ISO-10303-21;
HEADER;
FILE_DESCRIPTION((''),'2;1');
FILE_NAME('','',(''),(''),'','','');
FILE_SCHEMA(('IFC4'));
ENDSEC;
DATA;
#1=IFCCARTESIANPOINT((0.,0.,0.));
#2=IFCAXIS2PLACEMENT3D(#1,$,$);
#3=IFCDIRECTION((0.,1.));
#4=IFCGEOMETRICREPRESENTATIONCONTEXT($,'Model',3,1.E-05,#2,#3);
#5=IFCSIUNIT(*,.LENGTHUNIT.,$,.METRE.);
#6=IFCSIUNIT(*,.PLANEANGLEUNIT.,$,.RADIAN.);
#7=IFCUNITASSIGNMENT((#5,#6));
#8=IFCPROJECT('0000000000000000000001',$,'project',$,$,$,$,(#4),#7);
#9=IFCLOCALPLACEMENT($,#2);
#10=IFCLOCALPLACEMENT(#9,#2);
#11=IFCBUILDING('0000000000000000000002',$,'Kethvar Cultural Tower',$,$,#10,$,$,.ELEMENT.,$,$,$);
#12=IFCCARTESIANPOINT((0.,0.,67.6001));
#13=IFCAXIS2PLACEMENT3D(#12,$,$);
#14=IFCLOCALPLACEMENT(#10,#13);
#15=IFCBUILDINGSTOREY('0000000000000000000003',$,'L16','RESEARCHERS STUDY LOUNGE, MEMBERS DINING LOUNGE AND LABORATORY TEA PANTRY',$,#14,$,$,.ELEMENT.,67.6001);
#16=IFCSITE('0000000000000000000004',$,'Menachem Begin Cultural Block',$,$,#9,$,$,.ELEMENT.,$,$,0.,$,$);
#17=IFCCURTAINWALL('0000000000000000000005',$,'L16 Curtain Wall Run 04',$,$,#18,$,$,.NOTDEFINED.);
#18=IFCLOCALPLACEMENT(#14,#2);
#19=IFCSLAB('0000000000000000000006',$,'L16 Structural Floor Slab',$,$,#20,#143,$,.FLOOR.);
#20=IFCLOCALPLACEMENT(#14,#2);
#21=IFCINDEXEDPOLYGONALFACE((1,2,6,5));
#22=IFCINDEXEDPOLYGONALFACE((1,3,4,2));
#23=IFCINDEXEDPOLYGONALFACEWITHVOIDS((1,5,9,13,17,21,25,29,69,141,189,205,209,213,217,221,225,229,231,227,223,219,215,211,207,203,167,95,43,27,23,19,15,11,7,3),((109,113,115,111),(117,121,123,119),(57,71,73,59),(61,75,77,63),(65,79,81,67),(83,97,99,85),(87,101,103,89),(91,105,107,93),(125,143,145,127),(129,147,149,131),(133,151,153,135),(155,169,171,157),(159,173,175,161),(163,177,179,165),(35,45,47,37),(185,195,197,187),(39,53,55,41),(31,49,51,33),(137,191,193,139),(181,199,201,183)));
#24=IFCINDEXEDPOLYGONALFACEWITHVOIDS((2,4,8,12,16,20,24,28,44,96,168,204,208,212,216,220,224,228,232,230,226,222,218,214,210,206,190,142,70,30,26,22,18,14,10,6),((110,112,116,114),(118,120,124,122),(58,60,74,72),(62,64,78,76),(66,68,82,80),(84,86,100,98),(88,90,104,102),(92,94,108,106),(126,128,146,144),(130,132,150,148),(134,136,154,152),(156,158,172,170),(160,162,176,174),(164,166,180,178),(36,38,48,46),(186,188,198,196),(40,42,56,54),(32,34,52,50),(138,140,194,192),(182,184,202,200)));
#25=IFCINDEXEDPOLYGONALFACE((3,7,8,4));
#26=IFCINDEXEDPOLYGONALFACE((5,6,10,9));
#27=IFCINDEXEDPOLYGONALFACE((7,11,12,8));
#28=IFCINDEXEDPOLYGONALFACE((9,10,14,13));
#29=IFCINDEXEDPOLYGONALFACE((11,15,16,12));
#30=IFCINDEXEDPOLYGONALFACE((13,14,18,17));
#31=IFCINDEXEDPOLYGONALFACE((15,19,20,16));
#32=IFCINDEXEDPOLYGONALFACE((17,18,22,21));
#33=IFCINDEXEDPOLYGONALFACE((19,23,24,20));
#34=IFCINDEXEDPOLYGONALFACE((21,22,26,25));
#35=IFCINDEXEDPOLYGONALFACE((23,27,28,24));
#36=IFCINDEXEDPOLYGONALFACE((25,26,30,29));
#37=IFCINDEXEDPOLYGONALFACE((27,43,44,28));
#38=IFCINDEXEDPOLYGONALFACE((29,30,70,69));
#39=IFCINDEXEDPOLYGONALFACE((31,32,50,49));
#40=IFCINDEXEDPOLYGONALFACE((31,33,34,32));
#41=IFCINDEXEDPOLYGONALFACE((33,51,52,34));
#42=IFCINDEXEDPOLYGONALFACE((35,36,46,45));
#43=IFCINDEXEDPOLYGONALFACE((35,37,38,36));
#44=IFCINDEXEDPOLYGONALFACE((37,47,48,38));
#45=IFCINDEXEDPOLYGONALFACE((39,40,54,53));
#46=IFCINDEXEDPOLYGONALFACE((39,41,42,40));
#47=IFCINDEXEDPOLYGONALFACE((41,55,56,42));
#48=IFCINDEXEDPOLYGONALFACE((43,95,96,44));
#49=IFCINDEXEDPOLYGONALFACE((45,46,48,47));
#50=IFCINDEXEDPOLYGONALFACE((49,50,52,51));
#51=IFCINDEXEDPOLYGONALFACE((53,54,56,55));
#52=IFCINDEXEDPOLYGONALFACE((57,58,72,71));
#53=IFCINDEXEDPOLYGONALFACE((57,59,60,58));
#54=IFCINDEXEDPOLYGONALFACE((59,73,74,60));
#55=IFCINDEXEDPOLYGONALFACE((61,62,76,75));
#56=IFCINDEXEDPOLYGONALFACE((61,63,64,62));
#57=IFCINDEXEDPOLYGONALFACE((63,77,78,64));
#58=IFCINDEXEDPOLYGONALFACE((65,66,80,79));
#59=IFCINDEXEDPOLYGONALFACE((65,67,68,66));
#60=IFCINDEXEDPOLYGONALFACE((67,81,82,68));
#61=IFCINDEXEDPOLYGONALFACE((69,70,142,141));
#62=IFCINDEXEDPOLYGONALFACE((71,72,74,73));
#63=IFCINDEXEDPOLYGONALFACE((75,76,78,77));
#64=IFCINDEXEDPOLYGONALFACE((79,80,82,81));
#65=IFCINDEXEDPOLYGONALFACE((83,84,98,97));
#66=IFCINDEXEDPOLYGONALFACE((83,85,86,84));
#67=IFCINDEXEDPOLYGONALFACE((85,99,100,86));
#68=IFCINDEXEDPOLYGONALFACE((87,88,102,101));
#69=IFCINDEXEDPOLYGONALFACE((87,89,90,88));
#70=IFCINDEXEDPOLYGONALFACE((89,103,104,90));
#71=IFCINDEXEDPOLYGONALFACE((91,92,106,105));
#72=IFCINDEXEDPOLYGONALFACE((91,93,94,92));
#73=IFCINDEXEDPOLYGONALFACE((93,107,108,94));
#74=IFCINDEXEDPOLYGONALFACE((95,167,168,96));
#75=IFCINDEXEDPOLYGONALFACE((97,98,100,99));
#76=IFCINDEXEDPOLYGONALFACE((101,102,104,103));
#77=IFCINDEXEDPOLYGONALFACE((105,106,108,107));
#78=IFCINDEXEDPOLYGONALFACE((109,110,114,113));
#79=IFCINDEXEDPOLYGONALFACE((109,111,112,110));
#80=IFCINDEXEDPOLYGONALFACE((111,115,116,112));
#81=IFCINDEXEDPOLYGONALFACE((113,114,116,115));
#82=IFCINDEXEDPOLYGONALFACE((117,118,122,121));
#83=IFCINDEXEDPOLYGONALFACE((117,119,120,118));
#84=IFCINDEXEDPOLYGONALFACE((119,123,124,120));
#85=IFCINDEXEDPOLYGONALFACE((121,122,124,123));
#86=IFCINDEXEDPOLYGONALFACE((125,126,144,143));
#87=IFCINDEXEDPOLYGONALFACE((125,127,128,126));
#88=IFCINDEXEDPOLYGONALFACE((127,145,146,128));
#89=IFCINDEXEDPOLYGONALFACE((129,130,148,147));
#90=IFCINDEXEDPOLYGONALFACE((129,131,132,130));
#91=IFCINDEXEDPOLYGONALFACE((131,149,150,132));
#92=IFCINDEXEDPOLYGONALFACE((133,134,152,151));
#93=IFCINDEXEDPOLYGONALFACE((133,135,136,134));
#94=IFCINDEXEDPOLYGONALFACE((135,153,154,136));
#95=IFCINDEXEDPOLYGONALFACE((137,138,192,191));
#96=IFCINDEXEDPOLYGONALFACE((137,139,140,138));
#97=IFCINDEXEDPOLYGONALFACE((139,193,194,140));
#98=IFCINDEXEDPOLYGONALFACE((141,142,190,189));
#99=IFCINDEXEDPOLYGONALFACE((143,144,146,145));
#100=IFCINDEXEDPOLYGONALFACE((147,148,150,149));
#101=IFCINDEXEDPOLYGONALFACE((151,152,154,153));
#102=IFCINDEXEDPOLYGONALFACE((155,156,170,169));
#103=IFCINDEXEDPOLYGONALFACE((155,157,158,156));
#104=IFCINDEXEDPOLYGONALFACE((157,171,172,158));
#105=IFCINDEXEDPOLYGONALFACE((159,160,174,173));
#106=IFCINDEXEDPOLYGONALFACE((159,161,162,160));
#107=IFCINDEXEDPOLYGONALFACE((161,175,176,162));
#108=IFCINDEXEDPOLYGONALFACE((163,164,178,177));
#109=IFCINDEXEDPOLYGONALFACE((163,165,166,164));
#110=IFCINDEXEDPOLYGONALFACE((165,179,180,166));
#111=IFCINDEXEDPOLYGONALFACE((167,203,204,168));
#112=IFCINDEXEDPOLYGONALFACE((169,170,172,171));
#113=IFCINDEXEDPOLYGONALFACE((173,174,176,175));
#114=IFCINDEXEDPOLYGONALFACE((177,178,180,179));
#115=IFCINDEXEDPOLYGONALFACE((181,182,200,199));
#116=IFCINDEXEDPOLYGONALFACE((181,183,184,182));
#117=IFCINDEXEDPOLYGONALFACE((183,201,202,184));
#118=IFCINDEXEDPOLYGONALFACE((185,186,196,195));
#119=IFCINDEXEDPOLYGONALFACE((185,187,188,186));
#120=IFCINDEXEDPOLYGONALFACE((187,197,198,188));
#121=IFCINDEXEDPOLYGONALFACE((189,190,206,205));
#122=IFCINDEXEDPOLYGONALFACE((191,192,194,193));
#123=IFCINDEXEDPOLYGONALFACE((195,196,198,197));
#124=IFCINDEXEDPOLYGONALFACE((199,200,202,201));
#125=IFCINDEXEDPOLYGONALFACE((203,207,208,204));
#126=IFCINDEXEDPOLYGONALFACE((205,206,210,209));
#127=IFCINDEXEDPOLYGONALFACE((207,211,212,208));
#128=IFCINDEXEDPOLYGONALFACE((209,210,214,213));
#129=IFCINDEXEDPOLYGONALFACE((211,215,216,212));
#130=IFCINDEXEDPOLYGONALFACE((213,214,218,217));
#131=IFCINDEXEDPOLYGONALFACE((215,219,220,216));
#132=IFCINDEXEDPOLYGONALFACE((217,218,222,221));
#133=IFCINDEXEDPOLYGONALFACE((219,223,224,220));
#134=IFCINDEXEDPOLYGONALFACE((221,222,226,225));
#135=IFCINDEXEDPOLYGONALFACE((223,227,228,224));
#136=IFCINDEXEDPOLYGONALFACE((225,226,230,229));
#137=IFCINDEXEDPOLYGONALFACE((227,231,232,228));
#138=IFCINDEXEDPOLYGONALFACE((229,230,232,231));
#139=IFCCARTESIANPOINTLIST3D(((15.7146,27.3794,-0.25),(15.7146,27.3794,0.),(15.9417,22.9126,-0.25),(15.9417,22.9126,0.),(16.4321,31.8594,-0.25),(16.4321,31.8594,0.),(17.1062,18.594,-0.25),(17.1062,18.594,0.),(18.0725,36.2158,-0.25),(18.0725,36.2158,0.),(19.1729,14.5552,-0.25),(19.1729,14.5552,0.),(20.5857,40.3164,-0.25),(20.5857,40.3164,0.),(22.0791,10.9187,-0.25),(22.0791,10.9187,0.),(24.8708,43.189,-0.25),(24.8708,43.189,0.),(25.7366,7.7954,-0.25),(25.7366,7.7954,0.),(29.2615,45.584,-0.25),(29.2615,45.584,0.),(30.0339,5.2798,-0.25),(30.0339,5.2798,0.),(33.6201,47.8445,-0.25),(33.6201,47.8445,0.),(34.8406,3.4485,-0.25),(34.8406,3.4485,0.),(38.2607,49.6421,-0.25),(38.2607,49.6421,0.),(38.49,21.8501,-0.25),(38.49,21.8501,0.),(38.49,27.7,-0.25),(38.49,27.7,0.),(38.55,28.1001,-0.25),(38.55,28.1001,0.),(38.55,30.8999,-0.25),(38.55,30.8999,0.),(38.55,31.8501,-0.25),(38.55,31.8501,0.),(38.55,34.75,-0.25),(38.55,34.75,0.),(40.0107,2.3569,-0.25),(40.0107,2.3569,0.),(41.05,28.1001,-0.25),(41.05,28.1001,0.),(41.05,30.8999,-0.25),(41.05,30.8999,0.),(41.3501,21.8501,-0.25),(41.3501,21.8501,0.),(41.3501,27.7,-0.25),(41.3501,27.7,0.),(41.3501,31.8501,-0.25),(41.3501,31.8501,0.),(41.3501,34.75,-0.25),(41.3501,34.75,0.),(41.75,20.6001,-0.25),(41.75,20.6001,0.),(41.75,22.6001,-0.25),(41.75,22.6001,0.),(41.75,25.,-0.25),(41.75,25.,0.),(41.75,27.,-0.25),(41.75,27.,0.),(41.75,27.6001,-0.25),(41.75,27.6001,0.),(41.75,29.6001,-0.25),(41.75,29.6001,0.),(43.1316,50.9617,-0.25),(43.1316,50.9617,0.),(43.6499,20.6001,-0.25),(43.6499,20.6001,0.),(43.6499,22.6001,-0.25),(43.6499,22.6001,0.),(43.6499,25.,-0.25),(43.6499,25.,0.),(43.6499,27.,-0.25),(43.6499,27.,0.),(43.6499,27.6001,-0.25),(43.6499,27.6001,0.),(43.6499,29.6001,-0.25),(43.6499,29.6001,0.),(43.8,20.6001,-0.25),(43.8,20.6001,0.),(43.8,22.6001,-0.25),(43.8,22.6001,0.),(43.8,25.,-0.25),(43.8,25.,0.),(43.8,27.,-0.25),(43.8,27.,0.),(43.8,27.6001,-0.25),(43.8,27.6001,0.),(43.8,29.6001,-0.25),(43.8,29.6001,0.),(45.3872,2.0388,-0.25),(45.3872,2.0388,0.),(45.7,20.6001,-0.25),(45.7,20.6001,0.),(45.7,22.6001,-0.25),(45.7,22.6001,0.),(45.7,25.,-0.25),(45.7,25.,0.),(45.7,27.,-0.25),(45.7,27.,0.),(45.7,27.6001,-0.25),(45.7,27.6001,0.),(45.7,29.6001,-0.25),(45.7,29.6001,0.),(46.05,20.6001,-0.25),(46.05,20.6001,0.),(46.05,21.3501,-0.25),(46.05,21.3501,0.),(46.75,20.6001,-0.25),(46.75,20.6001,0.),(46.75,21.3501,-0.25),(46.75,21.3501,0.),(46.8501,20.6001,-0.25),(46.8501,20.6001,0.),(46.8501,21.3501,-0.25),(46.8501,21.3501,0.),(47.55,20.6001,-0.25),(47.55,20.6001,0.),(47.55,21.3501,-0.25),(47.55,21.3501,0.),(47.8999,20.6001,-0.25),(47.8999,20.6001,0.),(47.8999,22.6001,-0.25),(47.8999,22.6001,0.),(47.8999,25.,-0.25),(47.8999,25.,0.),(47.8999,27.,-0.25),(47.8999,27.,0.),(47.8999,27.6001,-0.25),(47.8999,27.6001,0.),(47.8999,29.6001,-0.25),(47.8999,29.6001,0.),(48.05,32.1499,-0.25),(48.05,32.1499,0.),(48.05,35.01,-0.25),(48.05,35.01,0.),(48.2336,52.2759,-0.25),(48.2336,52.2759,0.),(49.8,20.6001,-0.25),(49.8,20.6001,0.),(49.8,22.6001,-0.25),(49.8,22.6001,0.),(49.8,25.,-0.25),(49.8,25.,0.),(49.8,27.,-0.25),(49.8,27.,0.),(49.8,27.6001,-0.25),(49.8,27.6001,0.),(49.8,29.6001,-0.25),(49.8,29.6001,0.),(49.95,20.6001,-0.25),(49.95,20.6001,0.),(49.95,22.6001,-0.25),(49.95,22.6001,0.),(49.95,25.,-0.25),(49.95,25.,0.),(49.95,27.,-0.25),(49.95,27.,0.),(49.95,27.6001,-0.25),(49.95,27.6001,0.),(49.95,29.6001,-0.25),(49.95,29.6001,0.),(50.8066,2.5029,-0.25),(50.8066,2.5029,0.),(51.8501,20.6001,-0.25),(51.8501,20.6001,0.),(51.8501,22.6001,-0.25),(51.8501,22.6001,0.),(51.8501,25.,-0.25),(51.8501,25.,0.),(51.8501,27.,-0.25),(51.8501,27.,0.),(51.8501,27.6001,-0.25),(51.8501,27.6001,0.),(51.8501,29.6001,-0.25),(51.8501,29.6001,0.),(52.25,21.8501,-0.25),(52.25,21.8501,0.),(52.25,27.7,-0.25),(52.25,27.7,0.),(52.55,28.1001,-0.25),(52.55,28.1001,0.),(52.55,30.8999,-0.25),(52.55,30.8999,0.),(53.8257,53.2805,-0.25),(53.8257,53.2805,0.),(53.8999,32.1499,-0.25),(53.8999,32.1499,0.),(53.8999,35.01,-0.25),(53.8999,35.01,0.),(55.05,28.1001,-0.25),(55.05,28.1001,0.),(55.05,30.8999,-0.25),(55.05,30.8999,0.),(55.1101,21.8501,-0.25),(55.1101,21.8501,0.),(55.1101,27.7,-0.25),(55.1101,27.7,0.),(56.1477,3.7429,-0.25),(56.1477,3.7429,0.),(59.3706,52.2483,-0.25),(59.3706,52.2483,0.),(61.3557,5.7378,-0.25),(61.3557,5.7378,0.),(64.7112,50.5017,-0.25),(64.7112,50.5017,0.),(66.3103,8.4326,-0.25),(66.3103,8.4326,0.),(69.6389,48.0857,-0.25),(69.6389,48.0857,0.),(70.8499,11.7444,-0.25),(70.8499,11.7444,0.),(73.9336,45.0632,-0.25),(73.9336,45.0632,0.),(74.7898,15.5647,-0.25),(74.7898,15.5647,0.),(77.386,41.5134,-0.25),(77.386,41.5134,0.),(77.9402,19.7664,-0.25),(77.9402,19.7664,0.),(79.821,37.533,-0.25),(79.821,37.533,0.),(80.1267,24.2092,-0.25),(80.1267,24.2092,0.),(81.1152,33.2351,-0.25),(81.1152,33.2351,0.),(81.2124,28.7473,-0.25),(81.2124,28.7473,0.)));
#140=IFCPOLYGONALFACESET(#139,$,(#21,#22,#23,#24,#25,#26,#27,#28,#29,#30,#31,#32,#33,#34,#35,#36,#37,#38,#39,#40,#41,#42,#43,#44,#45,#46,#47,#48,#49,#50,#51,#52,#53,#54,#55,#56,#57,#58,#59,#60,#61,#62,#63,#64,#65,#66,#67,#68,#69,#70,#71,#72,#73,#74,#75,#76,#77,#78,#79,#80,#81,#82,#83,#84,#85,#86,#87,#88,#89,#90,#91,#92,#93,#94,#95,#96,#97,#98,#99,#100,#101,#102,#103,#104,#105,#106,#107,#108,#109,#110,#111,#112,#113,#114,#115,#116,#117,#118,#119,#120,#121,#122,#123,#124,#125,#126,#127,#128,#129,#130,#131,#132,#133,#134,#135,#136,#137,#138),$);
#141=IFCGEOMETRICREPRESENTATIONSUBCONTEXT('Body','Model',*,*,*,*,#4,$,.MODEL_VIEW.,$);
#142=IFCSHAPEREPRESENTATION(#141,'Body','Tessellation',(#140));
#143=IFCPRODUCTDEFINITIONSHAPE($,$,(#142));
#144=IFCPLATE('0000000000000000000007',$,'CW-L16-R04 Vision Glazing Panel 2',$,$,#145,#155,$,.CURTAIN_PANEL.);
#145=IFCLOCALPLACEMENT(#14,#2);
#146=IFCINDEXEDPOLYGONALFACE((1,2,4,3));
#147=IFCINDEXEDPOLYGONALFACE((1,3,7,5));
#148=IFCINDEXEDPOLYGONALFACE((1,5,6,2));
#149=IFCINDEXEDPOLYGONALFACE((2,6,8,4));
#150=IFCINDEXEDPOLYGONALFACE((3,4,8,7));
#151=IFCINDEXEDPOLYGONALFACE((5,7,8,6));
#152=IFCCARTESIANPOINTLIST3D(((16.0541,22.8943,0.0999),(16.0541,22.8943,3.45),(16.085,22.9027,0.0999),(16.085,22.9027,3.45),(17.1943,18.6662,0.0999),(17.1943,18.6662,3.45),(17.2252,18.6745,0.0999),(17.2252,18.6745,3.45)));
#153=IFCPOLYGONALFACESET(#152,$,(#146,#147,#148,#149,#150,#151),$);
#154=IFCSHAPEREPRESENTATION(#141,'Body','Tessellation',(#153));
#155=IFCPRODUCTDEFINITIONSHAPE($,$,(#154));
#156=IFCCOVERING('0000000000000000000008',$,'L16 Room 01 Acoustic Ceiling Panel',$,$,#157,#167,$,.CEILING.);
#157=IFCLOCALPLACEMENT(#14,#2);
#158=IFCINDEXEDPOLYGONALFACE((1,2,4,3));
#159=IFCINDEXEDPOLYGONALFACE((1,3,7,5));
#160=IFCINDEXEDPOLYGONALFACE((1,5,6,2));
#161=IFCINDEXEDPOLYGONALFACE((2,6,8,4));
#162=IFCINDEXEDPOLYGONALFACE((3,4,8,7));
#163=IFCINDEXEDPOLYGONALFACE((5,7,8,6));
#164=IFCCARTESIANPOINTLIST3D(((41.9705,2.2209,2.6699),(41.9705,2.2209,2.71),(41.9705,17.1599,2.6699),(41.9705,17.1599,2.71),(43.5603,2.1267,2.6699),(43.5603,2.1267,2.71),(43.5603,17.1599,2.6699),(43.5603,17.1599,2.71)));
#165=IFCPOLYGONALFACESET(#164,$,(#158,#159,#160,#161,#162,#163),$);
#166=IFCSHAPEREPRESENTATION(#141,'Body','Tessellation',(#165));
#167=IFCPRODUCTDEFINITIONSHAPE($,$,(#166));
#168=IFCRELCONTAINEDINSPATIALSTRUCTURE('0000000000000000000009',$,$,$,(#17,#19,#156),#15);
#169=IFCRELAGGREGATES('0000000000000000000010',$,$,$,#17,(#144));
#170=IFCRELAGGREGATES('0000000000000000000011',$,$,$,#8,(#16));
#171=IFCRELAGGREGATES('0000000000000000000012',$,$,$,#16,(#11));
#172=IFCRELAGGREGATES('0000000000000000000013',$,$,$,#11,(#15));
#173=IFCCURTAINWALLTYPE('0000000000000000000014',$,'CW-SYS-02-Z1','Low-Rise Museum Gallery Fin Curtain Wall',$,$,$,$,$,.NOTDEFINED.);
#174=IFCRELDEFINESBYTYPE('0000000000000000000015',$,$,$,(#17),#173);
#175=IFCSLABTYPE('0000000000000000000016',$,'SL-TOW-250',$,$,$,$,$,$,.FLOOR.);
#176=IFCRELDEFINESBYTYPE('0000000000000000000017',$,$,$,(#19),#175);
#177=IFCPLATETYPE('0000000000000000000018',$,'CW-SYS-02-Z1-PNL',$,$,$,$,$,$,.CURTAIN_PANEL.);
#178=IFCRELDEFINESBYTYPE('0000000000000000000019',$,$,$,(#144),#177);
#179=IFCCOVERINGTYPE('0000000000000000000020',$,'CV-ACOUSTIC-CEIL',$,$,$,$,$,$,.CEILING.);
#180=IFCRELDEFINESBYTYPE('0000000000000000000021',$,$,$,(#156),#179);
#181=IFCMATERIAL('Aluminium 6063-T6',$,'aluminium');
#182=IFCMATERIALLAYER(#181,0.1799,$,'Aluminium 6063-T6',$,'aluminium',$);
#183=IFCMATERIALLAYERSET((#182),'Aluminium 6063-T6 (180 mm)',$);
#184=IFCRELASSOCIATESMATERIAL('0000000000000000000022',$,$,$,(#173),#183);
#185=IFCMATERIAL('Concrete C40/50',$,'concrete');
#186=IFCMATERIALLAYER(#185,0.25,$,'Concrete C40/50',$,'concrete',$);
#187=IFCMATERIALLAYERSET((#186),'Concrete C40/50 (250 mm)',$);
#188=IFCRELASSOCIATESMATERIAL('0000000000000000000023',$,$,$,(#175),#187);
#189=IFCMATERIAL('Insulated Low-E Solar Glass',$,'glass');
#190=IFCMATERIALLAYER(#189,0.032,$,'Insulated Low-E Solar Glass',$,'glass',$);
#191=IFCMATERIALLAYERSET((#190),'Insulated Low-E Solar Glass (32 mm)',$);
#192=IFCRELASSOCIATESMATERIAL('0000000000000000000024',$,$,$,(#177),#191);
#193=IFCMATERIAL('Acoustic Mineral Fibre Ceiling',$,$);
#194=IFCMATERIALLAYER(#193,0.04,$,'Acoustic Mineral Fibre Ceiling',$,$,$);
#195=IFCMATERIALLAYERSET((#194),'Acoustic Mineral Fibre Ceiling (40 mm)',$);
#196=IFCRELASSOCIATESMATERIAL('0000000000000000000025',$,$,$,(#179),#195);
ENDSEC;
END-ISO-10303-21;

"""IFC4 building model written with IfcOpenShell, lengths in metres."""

from ifc_helpers import new_model, si_unit, direction, frame, origin, origin_2d, place, context, subcontext, project, spatial, polyline, rectangle, outline, extrude, source, transform, mapped, material, layer, layer_set, type_object, element, aggregate, save


model = new_model("IFC4")

# Units and contexts
model_context = context("Model", 3, precision=1e-05, world=origin(), true_north=direction((0.0, 1.0)))
body_context = subcontext(model_context, "Body", "Model", "MODEL_VIEW")
ifc_project = project(units=[si_unit("LENGTHUNIT", "METRE"), si_unit("PLANEANGLEUNIT", "RADIAN")], contexts=[model_context])

# Site, building, storey
site_placement = place(None, origin())
site = spatial("IfcSite", under=ifc_project, at=site_placement, Name="Menachem Begin Cultural Block", CompositionType="ELEMENT", RefElevation=0.0)
building_placement = place(site_placement, origin())
building = spatial("IfcBuilding", under=site, at=building_placement, Name="Kethvar Cultural Tower", CompositionType="ELEMENT")
storey_placement = place(building_placement, frame((0.0, 0.0, 67.6001)))
storey = spatial("IfcBuildingStorey", under=building, at=storey_placement, Name="L16", Description="RESEARCHERS STUDY LOUNGE, MEMBERS DINING LOUNGE AND LABORATORY TEA PANTRY", CompositionType="ELEMENT", Elevation=67.6001)

# Curtain wall
ifc_material_1 = material(Name="Aluminium 6063-T6", Category="aluminium")
ifc_layer_1 = layer(ifc_material_1, 0.1799, Name="Aluminium 6063-T6", Category="aluminium")
ifc_layer_set_1 = layer_set([ifc_layer_1], Name="Aluminium 6063-T6 (180 mm)")
curtain_wall_type = type_object("IfcCurtainWallType", Name="CW-SYS-02-Z1", Description="Low-Rise Museum Gallery Fin Curtain Wall", PredefinedType="NOTDEFINED", material=ifc_layer_set_1)
curtain_wall_placement = place(storey_placement, origin())
curtain_wall = element("IfcCurtainWall", 1, at=curtain_wall_placement, inside=storey, type_object=curtain_wall_type, Name="L16 Curtain Wall Run 04", PredefinedType="NOTDEFINED")

# Shared definitions
ifc_material_2 = material(Name="Concrete C40/50", Category="concrete")

# Slab
ifc_layer_2 = layer(ifc_material_2, 0.25, Name="Concrete C40/50", Category="concrete")
ifc_layer_set_2 = layer_set([ifc_layer_2], Name="Concrete C40/50 (250 mm)")
slab_type_1 = type_object("IfcSlabType", Name="SL-TOW-250", PredefinedType="FLOOR", material=ifc_layer_set_2)
slab_1_placement = place(storey_placement, frame((0.0, 0.0, -0.25)))
element("IfcSlab", 2, at=slab_1_placement, inside=storey, type_object=slab_type_1, Name="L16 Structural Floor Slab", PredefinedType="FLOOR", context=body_context, shape_type="SweptSolid", body=[
    extrude(outline(polyline([(81.1152, 33.2351), (79.821, 37.533), (77.386, 41.5134), (73.9336, 45.0632), (69.6389, 48.0857), (64.7112, 50.5017), (59.3706, 52.2483), (53.8257, 53.2805), (48.2336, 52.2759), (43.1316, 50.9617), (38.2607, 49.6421), (33.6201, 47.8445), (29.2615, 45.584), (24.8708, 43.189), (20.5857, 40.3164), (18.0725, 36.2158), (16.4321, 31.8594), (15.7146, 27.3794), (15.9417, 22.9126), (17.1062, 18.594), (19.1729, 14.5552), (22.0791, 10.9187), (25.7366, 7.7954), (30.0339, 5.2798), (34.8406, 3.4485), (40.0107, 2.3569), (45.3872, 2.0388), (50.8066, 2.5029), (56.1477, 3.7429), (61.3557, 5.7378), (66.3103, 8.4326), (70.8499, 11.7444), (74.7898, 15.5647), (77.9402, 19.7664), (80.1267, 24.2092), (81.2124, 28.7473), (81.1152, 33.2351)]), holes=[polyline([(38.49, 21.8501), (38.49, 27.7), (41.3501, 27.7), (41.3501, 21.8501), (38.49, 21.8501)]), polyline([(52.25, 21.8501), (52.25, 27.7), (55.1101, 27.7), (55.1101, 21.8501), (52.25, 21.8501)]), polyline([(53.8999, 32.1499), (48.05, 32.1499), (48.05, 35.01), (53.8999, 35.01), (53.8999, 32.1499)]), polyline([(41.75, 22.6001), (43.6499, 22.6001), (43.6499, 20.6001), (41.75, 20.6001), (41.75, 22.6001)]), polyline([(43.8, 22.6001), (45.7, 22.6001), (45.7, 20.6001), (43.8, 20.6001), (43.8, 22.6001)]), polyline([(47.8999, 22.6001), (49.8, 22.6001), (49.8, 20.6001), (47.8999, 20.6001), (47.8999, 22.6001)]), polyline([(49.95, 22.6001), (51.8501, 22.6001), (51.8501, 20.6001), (49.95, 20.6001), (49.95, 22.6001)]), polyline([(41.75, 27.0), (43.6499, 27.0), (43.6499, 25.0), (41.75, 25.0), (41.75, 27.0)]), polyline([(43.8, 27.0), (45.7, 27.0), (45.7, 25.0), (43.8, 25.0), (43.8, 27.0)]), polyline([(47.8999, 27.0), (49.8, 27.0), (49.8, 25.0), (47.8999, 25.0), (47.8999, 27.0)]), polyline([(49.95, 27.0), (51.8501, 27.0), (51.8501, 25.0), (49.95, 25.0), (49.95, 27.0)]), polyline([(41.75, 29.6001), (43.6499, 29.6001), (43.6499, 27.6001), (41.75, 27.6001), (41.75, 29.6001)]), polyline([(43.8, 29.6001), (45.7, 29.6001), (45.7, 27.6001), (43.8, 27.6001), (43.8, 29.6001)]), polyline([(47.8999, 29.6001), (49.8, 29.6001), (49.8, 27.6001), (47.8999, 27.6001), (47.8999, 29.6001)]), polyline([(49.95, 29.6001), (51.8501, 29.6001), (51.8501, 27.6001), (49.95, 27.6001), (49.95, 29.6001)]), polyline([(38.55, 30.8999), (41.05, 30.8999), (41.05, 28.1001), (38.55, 28.1001), (38.55, 30.8999)]), polyline([(52.55, 30.8999), (55.05, 30.8999), (55.05, 28.1001), (52.55, 28.1001), (52.55, 30.8999)]), polyline([(38.55, 34.75), (41.3501, 34.75), (41.3501, 31.8501), (38.55, 31.8501), (38.55, 34.75)]), polyline([(46.05, 21.3501), (46.75, 21.3501), (46.75, 20.6001), (46.05, 20.6001), (46.05, 21.3501)]), polyline([(46.8501, 21.3501), (47.55, 21.3501), (47.55, 20.6001), (46.8501, 20.6001), (46.8501, 21.3501)])]), origin(), (0.0, 0.0, 1.0), 0.25),
])

# Plate
ifc_material_3 = material(Name="Insulated Low-E Solar Glass", Category="glass")
ifc_layer_3 = layer(ifc_material_3, 0.032, Name="Insulated Low-E Solar Glass", Category="glass")
ifc_layer_set_3 = layer_set([ifc_layer_3], Name="Insulated Low-E Solar Glass (32 mm)")
plate_type = type_object("IfcPlateType", Name="CW-SYS-02-Z1-PNL", PredefinedType="CURTAIN_PANEL", material=ifc_layer_set_3)
shared_shape_1 = source(origin(), body_context, "Body", "SweptSolid", [
    extrude(rectangle(XDim=4.3792, YDim=0.032, at=origin_2d()), origin(), (0.0, 0.0, 1.0), 3.3501),
])
plate_placement = place(storey_placement, frame((16.6396, 20.7844, 0.0999), z_axis=(0.0, 0.0, 1.0), x_axis=(0.260353, -0.965514, 0.0)))
plate = element("IfcPlate", 3, at=plate_placement, type_object=plate_type, Name="CW-L16-R04 Vision Glazing Panel 2", PredefinedType="CURTAIN_PANEL", context=body_context, shape_type="MappedRepresentation", body=[
    mapped(shared_shape_1, transform((0.0, 0.0, 0.0), scale=1.0)),
])
aggregate(curtain_wall, [plate])

# Covering
ifc_material_4 = material(Name="Acoustic Mineral Fibre Ceiling")
ifc_layer_4 = layer(ifc_material_4, 0.04, Name="Acoustic Mineral Fibre Ceiling")
ifc_layer_set_4 = layer_set([ifc_layer_4], Name="Acoustic Mineral Fibre Ceiling (40 mm)")
covering_type_1 = type_object("IfcCoveringType", Name="CV-ACOUSTIC-CEIL", PredefinedType="CEILING", material=ifc_layer_set_4)
covering_1_placement = place(storey_placement, frame((0.0, 0.0, 2.6699)))
element("IfcCovering", 4, at=covering_1_placement, inside=storey, type_object=covering_type_1, Name="L16 Room 01 Acoustic Ceiling Panel", PredefinedType="CEILING", context=body_context, shape_type="SweptSolid", body=[
    extrude(outline(polyline([(41.9705, 2.2209), (41.9705, 17.1599), (43.5603, 17.1599), (43.5603, 2.1267), (41.9705, 2.2209)])), origin(), (0.0, 0.0, 1.0), 0.04),
])

save(model, "model.ifc")
